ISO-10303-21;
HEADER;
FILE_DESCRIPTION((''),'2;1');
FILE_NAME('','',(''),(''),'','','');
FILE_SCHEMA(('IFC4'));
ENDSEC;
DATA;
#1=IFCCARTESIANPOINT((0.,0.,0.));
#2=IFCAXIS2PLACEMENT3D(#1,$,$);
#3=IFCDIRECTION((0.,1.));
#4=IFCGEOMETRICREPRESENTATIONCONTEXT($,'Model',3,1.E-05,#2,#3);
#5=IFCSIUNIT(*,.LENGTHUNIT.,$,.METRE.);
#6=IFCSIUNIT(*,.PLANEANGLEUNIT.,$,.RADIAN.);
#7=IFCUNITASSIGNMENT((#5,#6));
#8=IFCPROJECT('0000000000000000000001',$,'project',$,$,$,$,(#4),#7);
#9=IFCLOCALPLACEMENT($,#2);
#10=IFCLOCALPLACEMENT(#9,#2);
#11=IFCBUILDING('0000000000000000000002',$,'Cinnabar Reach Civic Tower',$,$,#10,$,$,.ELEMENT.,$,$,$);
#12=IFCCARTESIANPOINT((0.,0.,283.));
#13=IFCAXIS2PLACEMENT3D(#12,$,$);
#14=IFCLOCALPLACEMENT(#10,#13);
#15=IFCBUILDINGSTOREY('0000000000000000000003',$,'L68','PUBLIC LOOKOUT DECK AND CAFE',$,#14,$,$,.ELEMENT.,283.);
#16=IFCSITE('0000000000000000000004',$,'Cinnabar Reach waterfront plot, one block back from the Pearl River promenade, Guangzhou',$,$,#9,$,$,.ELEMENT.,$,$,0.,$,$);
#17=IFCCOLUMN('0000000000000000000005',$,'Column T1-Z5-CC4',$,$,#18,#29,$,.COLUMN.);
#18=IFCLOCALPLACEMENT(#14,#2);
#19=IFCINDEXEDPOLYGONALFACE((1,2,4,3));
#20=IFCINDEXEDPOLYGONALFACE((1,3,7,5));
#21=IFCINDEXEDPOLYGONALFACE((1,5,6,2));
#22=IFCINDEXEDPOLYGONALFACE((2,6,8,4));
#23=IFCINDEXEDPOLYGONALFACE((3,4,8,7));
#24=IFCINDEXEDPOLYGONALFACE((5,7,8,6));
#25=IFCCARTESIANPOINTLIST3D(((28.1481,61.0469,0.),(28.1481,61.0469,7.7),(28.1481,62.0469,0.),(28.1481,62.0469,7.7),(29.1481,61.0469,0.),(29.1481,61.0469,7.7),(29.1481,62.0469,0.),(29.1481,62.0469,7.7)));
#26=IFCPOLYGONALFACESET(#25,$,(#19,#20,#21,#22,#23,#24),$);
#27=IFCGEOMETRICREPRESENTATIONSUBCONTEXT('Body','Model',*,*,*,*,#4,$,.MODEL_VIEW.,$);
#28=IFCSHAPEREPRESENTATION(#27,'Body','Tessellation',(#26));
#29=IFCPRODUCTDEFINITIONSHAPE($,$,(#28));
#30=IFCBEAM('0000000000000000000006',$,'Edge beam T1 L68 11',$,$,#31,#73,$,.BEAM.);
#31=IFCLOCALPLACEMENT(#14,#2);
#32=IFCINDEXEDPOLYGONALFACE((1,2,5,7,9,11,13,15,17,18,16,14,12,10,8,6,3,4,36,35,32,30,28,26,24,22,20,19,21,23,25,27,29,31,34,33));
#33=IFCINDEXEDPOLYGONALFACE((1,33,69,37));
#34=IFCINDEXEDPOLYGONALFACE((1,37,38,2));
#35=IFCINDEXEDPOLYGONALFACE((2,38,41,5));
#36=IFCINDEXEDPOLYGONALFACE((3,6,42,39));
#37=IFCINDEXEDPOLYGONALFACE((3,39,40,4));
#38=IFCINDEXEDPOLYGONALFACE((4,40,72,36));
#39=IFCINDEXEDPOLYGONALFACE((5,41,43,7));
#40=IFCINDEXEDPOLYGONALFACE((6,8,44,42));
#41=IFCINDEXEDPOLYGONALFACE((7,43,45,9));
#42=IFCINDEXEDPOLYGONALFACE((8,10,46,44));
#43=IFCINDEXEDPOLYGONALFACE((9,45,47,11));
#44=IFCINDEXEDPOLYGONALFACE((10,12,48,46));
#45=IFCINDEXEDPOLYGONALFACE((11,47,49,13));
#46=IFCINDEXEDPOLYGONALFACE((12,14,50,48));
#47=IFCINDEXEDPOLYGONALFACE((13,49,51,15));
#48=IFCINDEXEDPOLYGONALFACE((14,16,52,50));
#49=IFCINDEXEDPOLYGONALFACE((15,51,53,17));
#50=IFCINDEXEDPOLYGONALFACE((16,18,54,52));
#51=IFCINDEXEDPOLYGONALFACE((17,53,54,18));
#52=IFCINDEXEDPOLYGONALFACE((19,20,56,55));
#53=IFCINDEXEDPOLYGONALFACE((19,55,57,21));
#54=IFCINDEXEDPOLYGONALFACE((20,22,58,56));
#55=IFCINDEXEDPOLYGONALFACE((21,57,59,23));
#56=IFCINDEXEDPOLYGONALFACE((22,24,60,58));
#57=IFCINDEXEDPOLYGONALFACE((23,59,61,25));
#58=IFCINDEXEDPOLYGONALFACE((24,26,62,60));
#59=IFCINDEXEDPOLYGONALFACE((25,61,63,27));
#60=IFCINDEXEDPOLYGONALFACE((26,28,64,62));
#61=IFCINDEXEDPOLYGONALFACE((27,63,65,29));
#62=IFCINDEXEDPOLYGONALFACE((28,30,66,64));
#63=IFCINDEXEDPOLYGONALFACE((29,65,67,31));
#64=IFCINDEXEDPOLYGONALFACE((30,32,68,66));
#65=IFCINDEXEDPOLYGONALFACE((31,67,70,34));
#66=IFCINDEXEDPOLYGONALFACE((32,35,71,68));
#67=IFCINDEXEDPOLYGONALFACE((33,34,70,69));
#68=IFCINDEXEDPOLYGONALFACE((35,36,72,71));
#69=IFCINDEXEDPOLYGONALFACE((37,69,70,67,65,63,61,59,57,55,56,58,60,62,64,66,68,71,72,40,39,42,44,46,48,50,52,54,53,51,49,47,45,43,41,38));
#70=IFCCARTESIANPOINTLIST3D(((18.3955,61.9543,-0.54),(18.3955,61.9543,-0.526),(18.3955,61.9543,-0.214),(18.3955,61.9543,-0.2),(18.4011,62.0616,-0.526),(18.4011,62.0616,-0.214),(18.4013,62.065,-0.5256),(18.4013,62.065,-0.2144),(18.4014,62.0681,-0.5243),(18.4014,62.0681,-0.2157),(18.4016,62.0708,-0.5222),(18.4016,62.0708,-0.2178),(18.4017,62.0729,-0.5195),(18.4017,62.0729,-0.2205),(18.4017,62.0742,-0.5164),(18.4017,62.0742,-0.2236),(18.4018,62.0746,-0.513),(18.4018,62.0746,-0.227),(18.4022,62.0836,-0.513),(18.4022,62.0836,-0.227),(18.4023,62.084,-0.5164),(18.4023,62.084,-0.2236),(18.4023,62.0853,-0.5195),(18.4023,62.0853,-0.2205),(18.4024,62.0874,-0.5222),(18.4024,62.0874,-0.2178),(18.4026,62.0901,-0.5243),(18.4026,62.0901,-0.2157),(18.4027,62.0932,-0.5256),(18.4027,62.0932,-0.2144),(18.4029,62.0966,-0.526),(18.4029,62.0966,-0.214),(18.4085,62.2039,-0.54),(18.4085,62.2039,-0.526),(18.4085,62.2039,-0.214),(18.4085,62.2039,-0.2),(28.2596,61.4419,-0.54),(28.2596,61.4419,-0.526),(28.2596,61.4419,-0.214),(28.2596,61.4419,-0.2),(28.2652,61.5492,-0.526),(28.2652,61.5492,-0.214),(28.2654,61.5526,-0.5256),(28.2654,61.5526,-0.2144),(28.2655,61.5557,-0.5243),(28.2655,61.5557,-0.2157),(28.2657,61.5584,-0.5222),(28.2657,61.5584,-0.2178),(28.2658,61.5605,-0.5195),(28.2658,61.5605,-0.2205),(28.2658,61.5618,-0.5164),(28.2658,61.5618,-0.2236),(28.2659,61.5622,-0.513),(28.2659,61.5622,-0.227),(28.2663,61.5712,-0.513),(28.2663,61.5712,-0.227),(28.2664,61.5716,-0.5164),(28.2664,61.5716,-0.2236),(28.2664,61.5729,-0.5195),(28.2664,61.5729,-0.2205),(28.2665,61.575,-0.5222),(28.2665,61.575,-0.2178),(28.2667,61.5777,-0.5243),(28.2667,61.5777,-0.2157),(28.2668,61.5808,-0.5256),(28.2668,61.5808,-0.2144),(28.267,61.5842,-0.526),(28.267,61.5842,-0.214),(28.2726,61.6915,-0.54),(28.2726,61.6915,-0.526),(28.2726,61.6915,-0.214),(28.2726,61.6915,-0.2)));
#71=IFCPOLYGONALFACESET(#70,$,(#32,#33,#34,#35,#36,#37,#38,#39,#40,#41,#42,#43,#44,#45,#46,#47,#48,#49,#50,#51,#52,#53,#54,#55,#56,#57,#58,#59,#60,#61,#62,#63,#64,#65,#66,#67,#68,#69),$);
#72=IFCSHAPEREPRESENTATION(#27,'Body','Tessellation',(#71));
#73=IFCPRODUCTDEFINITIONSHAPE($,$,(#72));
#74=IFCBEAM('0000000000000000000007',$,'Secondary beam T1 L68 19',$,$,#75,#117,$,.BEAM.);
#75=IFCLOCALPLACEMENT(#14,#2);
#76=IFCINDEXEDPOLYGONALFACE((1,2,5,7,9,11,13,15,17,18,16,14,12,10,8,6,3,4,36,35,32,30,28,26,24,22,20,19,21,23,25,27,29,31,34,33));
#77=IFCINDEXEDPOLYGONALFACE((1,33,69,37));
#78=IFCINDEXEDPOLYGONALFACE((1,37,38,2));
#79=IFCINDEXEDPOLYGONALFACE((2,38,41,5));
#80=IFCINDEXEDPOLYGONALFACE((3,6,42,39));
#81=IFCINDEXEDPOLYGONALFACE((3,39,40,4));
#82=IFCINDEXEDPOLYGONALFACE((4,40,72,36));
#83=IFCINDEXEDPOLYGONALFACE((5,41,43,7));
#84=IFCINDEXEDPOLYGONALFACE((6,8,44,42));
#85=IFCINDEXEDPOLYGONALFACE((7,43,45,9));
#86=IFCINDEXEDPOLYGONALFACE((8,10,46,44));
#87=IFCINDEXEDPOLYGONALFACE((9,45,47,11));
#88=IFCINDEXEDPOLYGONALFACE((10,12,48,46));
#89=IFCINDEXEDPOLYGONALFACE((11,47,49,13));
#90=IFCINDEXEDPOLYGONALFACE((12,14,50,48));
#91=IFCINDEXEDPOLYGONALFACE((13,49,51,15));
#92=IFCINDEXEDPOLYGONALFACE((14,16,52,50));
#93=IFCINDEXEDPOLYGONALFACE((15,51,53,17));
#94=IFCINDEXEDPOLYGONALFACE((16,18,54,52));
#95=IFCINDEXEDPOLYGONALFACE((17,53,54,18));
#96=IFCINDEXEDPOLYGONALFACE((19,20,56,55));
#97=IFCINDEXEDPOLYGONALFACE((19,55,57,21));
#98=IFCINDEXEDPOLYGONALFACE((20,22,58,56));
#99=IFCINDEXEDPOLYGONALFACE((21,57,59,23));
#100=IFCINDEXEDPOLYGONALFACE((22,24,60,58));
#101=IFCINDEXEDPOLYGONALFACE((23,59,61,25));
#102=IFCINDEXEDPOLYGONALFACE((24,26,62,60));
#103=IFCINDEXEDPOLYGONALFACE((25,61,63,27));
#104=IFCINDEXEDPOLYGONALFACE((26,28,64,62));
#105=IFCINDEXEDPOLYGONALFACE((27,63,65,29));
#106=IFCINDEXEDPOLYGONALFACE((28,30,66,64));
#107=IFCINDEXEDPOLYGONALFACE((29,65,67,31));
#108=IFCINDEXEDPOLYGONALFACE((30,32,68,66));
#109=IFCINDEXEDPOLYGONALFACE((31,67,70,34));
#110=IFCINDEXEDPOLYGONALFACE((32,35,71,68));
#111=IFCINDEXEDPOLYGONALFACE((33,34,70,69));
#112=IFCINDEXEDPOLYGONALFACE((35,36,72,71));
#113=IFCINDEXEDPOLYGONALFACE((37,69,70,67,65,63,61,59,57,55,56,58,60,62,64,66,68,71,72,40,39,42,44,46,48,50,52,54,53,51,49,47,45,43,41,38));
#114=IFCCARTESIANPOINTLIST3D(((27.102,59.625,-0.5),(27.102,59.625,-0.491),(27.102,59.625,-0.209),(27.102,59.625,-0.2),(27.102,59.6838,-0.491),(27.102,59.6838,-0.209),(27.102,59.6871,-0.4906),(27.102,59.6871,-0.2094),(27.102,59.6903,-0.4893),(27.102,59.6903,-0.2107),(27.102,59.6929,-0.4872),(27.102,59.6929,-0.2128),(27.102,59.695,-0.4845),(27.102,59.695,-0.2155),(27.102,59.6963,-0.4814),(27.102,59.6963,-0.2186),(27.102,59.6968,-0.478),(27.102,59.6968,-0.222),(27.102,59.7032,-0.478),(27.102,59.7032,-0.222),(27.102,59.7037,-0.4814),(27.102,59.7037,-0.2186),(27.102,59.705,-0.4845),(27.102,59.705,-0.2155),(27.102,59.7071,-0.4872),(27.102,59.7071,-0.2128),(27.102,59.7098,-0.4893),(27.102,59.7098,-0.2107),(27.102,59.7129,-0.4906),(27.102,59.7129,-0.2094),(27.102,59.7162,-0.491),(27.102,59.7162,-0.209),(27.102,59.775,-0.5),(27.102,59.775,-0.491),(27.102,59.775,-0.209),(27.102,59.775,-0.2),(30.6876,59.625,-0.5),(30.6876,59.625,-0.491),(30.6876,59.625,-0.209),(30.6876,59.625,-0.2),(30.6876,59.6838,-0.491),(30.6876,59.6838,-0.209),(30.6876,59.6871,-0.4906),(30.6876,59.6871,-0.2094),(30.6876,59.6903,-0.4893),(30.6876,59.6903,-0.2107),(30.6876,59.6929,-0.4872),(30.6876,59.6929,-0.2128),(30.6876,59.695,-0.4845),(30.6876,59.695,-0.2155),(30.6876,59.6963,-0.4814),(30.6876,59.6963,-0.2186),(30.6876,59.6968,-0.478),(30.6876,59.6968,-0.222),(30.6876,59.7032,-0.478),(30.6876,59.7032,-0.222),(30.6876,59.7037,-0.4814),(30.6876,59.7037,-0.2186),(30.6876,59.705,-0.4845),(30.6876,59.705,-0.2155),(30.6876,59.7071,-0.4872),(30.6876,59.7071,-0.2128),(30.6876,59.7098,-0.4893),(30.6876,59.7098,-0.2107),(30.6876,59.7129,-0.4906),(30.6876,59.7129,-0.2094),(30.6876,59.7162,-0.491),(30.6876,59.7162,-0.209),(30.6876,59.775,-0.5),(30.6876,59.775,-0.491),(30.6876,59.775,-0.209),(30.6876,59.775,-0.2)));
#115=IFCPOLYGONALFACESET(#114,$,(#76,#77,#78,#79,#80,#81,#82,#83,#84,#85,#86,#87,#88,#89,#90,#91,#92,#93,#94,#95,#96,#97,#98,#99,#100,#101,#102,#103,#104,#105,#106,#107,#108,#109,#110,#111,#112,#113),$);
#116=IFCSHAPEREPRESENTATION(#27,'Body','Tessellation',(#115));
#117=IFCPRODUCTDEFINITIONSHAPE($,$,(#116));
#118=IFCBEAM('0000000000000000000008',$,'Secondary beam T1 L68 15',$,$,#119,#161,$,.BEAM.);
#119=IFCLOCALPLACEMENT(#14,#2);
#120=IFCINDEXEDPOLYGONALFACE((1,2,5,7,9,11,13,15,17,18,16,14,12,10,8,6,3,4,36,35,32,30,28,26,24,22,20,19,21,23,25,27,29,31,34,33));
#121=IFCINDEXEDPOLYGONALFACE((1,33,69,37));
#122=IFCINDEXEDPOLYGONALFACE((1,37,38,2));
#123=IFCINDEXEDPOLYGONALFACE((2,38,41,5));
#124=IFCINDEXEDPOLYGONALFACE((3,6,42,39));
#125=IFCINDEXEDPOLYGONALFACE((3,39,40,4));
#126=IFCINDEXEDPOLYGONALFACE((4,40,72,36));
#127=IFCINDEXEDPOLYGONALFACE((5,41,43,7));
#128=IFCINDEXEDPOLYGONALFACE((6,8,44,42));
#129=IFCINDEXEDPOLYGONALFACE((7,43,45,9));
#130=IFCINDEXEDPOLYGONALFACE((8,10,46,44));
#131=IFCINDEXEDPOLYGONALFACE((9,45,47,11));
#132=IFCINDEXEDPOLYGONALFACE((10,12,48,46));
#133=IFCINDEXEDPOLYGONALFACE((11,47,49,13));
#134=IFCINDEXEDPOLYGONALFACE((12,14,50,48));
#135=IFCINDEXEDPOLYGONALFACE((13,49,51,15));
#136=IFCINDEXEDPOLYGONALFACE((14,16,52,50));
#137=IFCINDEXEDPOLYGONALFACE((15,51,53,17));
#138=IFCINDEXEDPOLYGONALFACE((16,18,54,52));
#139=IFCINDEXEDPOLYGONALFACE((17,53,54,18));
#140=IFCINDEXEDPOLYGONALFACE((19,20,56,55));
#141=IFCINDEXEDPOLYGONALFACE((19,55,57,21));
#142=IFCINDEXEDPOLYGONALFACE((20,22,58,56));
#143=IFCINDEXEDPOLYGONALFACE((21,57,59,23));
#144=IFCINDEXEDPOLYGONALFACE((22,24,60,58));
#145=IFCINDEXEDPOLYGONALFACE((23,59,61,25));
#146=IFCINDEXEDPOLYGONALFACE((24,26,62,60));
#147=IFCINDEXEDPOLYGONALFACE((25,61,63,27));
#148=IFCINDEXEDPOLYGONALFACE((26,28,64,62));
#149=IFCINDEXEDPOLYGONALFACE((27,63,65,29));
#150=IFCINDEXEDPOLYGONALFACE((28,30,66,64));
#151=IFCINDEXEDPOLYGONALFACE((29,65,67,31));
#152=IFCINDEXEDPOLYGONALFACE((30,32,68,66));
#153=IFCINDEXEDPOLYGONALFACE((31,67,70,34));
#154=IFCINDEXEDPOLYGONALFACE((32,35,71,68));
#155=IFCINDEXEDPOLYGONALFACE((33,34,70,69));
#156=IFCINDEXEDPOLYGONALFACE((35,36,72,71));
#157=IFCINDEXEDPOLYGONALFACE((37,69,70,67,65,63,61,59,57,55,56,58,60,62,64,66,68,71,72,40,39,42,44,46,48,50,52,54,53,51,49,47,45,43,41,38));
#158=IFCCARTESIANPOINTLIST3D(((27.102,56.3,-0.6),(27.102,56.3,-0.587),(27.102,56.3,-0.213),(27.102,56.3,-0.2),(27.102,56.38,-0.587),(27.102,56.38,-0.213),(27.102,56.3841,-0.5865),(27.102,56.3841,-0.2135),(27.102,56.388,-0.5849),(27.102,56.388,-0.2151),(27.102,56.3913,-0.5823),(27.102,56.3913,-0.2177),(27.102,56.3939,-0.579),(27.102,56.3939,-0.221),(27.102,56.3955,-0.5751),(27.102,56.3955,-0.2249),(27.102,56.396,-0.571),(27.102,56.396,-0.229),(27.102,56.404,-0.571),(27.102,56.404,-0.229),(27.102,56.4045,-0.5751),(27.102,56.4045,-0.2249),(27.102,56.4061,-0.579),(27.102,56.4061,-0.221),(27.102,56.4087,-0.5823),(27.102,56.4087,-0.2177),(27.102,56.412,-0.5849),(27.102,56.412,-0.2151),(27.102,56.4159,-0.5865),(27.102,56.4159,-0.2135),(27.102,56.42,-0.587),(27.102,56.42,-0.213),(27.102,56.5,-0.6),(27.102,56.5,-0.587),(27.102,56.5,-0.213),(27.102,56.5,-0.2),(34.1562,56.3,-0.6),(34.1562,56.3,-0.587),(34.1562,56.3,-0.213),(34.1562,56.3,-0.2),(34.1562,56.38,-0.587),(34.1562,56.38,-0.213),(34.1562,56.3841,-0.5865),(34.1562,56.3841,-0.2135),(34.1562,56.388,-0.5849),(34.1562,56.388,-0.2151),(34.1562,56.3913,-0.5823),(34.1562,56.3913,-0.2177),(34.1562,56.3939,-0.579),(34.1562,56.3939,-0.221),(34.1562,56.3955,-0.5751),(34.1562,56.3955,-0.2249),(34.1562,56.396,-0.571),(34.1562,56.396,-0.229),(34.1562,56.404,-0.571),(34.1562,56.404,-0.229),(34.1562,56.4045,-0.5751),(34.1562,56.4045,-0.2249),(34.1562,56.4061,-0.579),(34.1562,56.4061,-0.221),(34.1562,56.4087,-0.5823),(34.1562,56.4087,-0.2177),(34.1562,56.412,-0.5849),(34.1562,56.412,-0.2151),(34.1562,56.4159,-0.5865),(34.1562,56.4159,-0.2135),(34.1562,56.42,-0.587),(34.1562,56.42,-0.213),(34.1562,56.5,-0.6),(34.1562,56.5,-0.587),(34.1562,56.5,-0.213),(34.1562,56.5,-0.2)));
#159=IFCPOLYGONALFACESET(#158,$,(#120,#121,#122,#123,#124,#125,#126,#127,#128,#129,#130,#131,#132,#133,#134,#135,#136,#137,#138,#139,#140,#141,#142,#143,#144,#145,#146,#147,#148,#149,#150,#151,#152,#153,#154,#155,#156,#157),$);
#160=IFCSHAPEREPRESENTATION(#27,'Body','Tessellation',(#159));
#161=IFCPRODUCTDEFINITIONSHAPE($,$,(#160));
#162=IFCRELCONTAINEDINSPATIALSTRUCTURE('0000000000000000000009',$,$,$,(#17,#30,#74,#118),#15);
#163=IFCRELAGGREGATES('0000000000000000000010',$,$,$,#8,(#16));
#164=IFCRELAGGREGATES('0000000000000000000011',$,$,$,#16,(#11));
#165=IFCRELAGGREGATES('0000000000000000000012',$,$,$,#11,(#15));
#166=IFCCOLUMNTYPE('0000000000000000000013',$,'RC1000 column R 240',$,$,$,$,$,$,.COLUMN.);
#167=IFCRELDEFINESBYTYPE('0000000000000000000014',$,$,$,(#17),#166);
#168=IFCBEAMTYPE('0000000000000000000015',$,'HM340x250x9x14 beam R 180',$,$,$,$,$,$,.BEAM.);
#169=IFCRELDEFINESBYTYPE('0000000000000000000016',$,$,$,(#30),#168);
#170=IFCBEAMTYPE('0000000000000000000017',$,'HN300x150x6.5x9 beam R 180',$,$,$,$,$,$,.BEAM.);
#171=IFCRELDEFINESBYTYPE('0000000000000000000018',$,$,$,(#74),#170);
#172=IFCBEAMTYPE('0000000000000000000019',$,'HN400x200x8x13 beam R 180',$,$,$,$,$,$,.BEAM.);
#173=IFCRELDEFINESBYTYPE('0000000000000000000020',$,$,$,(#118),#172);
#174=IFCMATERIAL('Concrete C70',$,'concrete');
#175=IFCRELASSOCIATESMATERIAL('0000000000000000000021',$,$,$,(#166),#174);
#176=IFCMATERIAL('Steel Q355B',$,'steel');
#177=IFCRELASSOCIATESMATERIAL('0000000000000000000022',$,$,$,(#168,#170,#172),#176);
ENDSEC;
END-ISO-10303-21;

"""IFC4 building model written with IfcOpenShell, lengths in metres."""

from ifc_helpers import new_model, si_unit, direction, frame, origin, origin_2d, place, context, subcontext, project, spatial, rectangle, i_section, extrude, material, material_profile, profile_set, type_object, element, save


model = new_model("IFC4")

# Units and contexts
model_context = context("Model", 3, precision=1e-05, world=origin(), true_north=direction((0.0, 1.0)))
body_context = subcontext(model_context, "Body", "Model", "MODEL_VIEW")
ifc_project = project(units=[si_unit("LENGTHUNIT", "METRE"), si_unit("PLANEANGLEUNIT", "RADIAN")], contexts=[model_context])

# Site, building, storey
site_placement = place(None, origin())
site = spatial("IfcSite", under=ifc_project, at=site_placement, Name="Cinnabar Reach waterfront plot, one block back from the Pearl River promenade, Guangzhou", CompositionType="ELEMENT", RefElevation=0.0)
building_placement = place(site_placement, origin())
building = spatial("IfcBuilding", under=site, at=building_placement, Name="Cinnabar Reach Civic Tower", CompositionType="ELEMENT")
storey_placement = place(building_placement, frame((0.0, 0.0, 283.0)))
storey = spatial("IfcBuildingStorey", under=building, at=storey_placement, Name="L68", Description="PUBLIC LOOKOUT DECK AND CAFE", CompositionType="ELEMENT", Elevation=283.0)

# Column
ifc_material_1 = material(Name="Concrete C70", Category="concrete")
ifc_material_profile_1 = material_profile(ifc_material_1, rectangle(XDim=1.0, YDim=1.0, at=origin_2d()), Name="RC1000")
ifc_profile_set_1 = profile_set([ifc_material_profile_1], Name="Concrete C70")
column_type = type_object("IfcColumnType", Name="RC1000 column R 240", PredefinedType="COLUMN", material=ifc_profile_set_1)
column_placement = place(storey_placement, frame((28.6481, 61.5469, 0.0), z_axis=(0.0, 0.0, 1.0), x_axis=(1.0, 0.0, 0.0)))
element("IfcColumn", 1, at=column_placement, inside=storey, type_object=column_type, Name="Column T1-Z5-CC4", PredefinedType="COLUMN", context=body_context, shape_type="SweptSolid", body=[
    extrude(rectangle(XDim=1.0, YDim=1.0, at=origin_2d()), origin(), (0.0, 0.0, 1.0), 7.7),
])

# Beams
ifc_material_2 = material(Name="Steel Q355B", Category="steel")
ifc_material_profile_2 = material_profile(ifc_material_2, i_section(OverallWidth=0.25, OverallDepth=0.34, WebThickness=0.009, FlangeThickness=0.014, FilletRadius=0.013, at=origin_2d()), Name="HM340x250x9x14")
ifc_profile_set_2 = profile_set([ifc_material_profile_2], Name="Steel Q355B")
beam_type_1 = type_object("IfcBeamType", Name="HM340x250x9x14 beam R 180", PredefinedType="BEAM", material=ifc_profile_set_2)
beam_1_placement = place(storey_placement, frame((28.2661, 61.5667, -0.37), z_axis=(-0.998654, 0.051876, 0.0), x_axis=(-0.051876, -0.998654, 0.0)))
element("IfcBeam", 2, at=beam_1_placement, inside=storey, type_object=beam_type_1, Name="Edge beam T1 L68 11", PredefinedType="BEAM", context=body_context, shape_type="SweptSolid", body=[
    extrude(i_section(OverallWidth=0.25, OverallDepth=0.34, WebThickness=0.009, FlangeThickness=0.014, FilletRadius=0.013, at=origin_2d()), origin(), (0.0, 0.0, 1.0), 9.8774),
])
ifc_material_profile_3 = material_profile(ifc_material_2, i_section(OverallWidth=0.15, OverallDepth=0.3, WebThickness=0.0065, FlangeThickness=0.009, FilletRadius=0.013, at=origin_2d()), Name="HN300x150x6.5x9")
ifc_profile_set_3 = profile_set([ifc_material_profile_3], Name="Steel Q355B")
beam_type_2 = type_object("IfcBeamType", Name="HN300x150x6.5x9 beam R 180", PredefinedType="BEAM", material=ifc_profile_set_3)
beam_2_placement = place(storey_placement, frame((27.102, 59.7, -0.35), z_axis=(1.0, 0.0, 0.0), x_axis=(0.0, 1.0, 0.0)))
element("IfcBeam", 3, at=beam_2_placement, inside=storey, type_object=beam_type_2, Name="Secondary beam T1 L68 19", PredefinedType="BEAM", context=body_context, shape_type="SweptSolid", body=[
    extrude(i_section(OverallWidth=0.15, OverallDepth=0.3, WebThickness=0.0065, FlangeThickness=0.009, FilletRadius=0.013, at=origin_2d()), origin(), (0.0, 0.0, 1.0), 3.5856),
])
ifc_material_profile_4 = material_profile(ifc_material_2, i_section(OverallWidth=0.2, OverallDepth=0.4, WebThickness=0.008, FlangeThickness=0.013, FilletRadius=0.016, at=origin_2d()), Name="HN400x200x8x13")
ifc_profile_set_4 = profile_set([ifc_material_profile_4], Name="Steel Q355B")
beam_type_3 = type_object("IfcBeamType", Name="HN400x200x8x13 beam R 180", PredefinedType="BEAM", material=ifc_profile_set_4)
beam_3_placement = place(storey_placement, frame((27.102, 56.4, -0.4), z_axis=(1.0, 0.0, 0.0), x_axis=(0.0, 1.0, 0.0)))
element("IfcBeam", 4, at=beam_3_placement, inside=storey, type_object=beam_type_3, Name="Secondary beam T1 L68 15", PredefinedType="BEAM", context=body_context, shape_type="SweptSolid", body=[
    extrude(i_section(OverallWidth=0.2, OverallDepth=0.4, WebThickness=0.008, FlangeThickness=0.013, FilletRadius=0.016, at=origin_2d()), origin(), (0.0, 0.0, 1.0), 7.0542),
])

save(model, "model.ifc")
